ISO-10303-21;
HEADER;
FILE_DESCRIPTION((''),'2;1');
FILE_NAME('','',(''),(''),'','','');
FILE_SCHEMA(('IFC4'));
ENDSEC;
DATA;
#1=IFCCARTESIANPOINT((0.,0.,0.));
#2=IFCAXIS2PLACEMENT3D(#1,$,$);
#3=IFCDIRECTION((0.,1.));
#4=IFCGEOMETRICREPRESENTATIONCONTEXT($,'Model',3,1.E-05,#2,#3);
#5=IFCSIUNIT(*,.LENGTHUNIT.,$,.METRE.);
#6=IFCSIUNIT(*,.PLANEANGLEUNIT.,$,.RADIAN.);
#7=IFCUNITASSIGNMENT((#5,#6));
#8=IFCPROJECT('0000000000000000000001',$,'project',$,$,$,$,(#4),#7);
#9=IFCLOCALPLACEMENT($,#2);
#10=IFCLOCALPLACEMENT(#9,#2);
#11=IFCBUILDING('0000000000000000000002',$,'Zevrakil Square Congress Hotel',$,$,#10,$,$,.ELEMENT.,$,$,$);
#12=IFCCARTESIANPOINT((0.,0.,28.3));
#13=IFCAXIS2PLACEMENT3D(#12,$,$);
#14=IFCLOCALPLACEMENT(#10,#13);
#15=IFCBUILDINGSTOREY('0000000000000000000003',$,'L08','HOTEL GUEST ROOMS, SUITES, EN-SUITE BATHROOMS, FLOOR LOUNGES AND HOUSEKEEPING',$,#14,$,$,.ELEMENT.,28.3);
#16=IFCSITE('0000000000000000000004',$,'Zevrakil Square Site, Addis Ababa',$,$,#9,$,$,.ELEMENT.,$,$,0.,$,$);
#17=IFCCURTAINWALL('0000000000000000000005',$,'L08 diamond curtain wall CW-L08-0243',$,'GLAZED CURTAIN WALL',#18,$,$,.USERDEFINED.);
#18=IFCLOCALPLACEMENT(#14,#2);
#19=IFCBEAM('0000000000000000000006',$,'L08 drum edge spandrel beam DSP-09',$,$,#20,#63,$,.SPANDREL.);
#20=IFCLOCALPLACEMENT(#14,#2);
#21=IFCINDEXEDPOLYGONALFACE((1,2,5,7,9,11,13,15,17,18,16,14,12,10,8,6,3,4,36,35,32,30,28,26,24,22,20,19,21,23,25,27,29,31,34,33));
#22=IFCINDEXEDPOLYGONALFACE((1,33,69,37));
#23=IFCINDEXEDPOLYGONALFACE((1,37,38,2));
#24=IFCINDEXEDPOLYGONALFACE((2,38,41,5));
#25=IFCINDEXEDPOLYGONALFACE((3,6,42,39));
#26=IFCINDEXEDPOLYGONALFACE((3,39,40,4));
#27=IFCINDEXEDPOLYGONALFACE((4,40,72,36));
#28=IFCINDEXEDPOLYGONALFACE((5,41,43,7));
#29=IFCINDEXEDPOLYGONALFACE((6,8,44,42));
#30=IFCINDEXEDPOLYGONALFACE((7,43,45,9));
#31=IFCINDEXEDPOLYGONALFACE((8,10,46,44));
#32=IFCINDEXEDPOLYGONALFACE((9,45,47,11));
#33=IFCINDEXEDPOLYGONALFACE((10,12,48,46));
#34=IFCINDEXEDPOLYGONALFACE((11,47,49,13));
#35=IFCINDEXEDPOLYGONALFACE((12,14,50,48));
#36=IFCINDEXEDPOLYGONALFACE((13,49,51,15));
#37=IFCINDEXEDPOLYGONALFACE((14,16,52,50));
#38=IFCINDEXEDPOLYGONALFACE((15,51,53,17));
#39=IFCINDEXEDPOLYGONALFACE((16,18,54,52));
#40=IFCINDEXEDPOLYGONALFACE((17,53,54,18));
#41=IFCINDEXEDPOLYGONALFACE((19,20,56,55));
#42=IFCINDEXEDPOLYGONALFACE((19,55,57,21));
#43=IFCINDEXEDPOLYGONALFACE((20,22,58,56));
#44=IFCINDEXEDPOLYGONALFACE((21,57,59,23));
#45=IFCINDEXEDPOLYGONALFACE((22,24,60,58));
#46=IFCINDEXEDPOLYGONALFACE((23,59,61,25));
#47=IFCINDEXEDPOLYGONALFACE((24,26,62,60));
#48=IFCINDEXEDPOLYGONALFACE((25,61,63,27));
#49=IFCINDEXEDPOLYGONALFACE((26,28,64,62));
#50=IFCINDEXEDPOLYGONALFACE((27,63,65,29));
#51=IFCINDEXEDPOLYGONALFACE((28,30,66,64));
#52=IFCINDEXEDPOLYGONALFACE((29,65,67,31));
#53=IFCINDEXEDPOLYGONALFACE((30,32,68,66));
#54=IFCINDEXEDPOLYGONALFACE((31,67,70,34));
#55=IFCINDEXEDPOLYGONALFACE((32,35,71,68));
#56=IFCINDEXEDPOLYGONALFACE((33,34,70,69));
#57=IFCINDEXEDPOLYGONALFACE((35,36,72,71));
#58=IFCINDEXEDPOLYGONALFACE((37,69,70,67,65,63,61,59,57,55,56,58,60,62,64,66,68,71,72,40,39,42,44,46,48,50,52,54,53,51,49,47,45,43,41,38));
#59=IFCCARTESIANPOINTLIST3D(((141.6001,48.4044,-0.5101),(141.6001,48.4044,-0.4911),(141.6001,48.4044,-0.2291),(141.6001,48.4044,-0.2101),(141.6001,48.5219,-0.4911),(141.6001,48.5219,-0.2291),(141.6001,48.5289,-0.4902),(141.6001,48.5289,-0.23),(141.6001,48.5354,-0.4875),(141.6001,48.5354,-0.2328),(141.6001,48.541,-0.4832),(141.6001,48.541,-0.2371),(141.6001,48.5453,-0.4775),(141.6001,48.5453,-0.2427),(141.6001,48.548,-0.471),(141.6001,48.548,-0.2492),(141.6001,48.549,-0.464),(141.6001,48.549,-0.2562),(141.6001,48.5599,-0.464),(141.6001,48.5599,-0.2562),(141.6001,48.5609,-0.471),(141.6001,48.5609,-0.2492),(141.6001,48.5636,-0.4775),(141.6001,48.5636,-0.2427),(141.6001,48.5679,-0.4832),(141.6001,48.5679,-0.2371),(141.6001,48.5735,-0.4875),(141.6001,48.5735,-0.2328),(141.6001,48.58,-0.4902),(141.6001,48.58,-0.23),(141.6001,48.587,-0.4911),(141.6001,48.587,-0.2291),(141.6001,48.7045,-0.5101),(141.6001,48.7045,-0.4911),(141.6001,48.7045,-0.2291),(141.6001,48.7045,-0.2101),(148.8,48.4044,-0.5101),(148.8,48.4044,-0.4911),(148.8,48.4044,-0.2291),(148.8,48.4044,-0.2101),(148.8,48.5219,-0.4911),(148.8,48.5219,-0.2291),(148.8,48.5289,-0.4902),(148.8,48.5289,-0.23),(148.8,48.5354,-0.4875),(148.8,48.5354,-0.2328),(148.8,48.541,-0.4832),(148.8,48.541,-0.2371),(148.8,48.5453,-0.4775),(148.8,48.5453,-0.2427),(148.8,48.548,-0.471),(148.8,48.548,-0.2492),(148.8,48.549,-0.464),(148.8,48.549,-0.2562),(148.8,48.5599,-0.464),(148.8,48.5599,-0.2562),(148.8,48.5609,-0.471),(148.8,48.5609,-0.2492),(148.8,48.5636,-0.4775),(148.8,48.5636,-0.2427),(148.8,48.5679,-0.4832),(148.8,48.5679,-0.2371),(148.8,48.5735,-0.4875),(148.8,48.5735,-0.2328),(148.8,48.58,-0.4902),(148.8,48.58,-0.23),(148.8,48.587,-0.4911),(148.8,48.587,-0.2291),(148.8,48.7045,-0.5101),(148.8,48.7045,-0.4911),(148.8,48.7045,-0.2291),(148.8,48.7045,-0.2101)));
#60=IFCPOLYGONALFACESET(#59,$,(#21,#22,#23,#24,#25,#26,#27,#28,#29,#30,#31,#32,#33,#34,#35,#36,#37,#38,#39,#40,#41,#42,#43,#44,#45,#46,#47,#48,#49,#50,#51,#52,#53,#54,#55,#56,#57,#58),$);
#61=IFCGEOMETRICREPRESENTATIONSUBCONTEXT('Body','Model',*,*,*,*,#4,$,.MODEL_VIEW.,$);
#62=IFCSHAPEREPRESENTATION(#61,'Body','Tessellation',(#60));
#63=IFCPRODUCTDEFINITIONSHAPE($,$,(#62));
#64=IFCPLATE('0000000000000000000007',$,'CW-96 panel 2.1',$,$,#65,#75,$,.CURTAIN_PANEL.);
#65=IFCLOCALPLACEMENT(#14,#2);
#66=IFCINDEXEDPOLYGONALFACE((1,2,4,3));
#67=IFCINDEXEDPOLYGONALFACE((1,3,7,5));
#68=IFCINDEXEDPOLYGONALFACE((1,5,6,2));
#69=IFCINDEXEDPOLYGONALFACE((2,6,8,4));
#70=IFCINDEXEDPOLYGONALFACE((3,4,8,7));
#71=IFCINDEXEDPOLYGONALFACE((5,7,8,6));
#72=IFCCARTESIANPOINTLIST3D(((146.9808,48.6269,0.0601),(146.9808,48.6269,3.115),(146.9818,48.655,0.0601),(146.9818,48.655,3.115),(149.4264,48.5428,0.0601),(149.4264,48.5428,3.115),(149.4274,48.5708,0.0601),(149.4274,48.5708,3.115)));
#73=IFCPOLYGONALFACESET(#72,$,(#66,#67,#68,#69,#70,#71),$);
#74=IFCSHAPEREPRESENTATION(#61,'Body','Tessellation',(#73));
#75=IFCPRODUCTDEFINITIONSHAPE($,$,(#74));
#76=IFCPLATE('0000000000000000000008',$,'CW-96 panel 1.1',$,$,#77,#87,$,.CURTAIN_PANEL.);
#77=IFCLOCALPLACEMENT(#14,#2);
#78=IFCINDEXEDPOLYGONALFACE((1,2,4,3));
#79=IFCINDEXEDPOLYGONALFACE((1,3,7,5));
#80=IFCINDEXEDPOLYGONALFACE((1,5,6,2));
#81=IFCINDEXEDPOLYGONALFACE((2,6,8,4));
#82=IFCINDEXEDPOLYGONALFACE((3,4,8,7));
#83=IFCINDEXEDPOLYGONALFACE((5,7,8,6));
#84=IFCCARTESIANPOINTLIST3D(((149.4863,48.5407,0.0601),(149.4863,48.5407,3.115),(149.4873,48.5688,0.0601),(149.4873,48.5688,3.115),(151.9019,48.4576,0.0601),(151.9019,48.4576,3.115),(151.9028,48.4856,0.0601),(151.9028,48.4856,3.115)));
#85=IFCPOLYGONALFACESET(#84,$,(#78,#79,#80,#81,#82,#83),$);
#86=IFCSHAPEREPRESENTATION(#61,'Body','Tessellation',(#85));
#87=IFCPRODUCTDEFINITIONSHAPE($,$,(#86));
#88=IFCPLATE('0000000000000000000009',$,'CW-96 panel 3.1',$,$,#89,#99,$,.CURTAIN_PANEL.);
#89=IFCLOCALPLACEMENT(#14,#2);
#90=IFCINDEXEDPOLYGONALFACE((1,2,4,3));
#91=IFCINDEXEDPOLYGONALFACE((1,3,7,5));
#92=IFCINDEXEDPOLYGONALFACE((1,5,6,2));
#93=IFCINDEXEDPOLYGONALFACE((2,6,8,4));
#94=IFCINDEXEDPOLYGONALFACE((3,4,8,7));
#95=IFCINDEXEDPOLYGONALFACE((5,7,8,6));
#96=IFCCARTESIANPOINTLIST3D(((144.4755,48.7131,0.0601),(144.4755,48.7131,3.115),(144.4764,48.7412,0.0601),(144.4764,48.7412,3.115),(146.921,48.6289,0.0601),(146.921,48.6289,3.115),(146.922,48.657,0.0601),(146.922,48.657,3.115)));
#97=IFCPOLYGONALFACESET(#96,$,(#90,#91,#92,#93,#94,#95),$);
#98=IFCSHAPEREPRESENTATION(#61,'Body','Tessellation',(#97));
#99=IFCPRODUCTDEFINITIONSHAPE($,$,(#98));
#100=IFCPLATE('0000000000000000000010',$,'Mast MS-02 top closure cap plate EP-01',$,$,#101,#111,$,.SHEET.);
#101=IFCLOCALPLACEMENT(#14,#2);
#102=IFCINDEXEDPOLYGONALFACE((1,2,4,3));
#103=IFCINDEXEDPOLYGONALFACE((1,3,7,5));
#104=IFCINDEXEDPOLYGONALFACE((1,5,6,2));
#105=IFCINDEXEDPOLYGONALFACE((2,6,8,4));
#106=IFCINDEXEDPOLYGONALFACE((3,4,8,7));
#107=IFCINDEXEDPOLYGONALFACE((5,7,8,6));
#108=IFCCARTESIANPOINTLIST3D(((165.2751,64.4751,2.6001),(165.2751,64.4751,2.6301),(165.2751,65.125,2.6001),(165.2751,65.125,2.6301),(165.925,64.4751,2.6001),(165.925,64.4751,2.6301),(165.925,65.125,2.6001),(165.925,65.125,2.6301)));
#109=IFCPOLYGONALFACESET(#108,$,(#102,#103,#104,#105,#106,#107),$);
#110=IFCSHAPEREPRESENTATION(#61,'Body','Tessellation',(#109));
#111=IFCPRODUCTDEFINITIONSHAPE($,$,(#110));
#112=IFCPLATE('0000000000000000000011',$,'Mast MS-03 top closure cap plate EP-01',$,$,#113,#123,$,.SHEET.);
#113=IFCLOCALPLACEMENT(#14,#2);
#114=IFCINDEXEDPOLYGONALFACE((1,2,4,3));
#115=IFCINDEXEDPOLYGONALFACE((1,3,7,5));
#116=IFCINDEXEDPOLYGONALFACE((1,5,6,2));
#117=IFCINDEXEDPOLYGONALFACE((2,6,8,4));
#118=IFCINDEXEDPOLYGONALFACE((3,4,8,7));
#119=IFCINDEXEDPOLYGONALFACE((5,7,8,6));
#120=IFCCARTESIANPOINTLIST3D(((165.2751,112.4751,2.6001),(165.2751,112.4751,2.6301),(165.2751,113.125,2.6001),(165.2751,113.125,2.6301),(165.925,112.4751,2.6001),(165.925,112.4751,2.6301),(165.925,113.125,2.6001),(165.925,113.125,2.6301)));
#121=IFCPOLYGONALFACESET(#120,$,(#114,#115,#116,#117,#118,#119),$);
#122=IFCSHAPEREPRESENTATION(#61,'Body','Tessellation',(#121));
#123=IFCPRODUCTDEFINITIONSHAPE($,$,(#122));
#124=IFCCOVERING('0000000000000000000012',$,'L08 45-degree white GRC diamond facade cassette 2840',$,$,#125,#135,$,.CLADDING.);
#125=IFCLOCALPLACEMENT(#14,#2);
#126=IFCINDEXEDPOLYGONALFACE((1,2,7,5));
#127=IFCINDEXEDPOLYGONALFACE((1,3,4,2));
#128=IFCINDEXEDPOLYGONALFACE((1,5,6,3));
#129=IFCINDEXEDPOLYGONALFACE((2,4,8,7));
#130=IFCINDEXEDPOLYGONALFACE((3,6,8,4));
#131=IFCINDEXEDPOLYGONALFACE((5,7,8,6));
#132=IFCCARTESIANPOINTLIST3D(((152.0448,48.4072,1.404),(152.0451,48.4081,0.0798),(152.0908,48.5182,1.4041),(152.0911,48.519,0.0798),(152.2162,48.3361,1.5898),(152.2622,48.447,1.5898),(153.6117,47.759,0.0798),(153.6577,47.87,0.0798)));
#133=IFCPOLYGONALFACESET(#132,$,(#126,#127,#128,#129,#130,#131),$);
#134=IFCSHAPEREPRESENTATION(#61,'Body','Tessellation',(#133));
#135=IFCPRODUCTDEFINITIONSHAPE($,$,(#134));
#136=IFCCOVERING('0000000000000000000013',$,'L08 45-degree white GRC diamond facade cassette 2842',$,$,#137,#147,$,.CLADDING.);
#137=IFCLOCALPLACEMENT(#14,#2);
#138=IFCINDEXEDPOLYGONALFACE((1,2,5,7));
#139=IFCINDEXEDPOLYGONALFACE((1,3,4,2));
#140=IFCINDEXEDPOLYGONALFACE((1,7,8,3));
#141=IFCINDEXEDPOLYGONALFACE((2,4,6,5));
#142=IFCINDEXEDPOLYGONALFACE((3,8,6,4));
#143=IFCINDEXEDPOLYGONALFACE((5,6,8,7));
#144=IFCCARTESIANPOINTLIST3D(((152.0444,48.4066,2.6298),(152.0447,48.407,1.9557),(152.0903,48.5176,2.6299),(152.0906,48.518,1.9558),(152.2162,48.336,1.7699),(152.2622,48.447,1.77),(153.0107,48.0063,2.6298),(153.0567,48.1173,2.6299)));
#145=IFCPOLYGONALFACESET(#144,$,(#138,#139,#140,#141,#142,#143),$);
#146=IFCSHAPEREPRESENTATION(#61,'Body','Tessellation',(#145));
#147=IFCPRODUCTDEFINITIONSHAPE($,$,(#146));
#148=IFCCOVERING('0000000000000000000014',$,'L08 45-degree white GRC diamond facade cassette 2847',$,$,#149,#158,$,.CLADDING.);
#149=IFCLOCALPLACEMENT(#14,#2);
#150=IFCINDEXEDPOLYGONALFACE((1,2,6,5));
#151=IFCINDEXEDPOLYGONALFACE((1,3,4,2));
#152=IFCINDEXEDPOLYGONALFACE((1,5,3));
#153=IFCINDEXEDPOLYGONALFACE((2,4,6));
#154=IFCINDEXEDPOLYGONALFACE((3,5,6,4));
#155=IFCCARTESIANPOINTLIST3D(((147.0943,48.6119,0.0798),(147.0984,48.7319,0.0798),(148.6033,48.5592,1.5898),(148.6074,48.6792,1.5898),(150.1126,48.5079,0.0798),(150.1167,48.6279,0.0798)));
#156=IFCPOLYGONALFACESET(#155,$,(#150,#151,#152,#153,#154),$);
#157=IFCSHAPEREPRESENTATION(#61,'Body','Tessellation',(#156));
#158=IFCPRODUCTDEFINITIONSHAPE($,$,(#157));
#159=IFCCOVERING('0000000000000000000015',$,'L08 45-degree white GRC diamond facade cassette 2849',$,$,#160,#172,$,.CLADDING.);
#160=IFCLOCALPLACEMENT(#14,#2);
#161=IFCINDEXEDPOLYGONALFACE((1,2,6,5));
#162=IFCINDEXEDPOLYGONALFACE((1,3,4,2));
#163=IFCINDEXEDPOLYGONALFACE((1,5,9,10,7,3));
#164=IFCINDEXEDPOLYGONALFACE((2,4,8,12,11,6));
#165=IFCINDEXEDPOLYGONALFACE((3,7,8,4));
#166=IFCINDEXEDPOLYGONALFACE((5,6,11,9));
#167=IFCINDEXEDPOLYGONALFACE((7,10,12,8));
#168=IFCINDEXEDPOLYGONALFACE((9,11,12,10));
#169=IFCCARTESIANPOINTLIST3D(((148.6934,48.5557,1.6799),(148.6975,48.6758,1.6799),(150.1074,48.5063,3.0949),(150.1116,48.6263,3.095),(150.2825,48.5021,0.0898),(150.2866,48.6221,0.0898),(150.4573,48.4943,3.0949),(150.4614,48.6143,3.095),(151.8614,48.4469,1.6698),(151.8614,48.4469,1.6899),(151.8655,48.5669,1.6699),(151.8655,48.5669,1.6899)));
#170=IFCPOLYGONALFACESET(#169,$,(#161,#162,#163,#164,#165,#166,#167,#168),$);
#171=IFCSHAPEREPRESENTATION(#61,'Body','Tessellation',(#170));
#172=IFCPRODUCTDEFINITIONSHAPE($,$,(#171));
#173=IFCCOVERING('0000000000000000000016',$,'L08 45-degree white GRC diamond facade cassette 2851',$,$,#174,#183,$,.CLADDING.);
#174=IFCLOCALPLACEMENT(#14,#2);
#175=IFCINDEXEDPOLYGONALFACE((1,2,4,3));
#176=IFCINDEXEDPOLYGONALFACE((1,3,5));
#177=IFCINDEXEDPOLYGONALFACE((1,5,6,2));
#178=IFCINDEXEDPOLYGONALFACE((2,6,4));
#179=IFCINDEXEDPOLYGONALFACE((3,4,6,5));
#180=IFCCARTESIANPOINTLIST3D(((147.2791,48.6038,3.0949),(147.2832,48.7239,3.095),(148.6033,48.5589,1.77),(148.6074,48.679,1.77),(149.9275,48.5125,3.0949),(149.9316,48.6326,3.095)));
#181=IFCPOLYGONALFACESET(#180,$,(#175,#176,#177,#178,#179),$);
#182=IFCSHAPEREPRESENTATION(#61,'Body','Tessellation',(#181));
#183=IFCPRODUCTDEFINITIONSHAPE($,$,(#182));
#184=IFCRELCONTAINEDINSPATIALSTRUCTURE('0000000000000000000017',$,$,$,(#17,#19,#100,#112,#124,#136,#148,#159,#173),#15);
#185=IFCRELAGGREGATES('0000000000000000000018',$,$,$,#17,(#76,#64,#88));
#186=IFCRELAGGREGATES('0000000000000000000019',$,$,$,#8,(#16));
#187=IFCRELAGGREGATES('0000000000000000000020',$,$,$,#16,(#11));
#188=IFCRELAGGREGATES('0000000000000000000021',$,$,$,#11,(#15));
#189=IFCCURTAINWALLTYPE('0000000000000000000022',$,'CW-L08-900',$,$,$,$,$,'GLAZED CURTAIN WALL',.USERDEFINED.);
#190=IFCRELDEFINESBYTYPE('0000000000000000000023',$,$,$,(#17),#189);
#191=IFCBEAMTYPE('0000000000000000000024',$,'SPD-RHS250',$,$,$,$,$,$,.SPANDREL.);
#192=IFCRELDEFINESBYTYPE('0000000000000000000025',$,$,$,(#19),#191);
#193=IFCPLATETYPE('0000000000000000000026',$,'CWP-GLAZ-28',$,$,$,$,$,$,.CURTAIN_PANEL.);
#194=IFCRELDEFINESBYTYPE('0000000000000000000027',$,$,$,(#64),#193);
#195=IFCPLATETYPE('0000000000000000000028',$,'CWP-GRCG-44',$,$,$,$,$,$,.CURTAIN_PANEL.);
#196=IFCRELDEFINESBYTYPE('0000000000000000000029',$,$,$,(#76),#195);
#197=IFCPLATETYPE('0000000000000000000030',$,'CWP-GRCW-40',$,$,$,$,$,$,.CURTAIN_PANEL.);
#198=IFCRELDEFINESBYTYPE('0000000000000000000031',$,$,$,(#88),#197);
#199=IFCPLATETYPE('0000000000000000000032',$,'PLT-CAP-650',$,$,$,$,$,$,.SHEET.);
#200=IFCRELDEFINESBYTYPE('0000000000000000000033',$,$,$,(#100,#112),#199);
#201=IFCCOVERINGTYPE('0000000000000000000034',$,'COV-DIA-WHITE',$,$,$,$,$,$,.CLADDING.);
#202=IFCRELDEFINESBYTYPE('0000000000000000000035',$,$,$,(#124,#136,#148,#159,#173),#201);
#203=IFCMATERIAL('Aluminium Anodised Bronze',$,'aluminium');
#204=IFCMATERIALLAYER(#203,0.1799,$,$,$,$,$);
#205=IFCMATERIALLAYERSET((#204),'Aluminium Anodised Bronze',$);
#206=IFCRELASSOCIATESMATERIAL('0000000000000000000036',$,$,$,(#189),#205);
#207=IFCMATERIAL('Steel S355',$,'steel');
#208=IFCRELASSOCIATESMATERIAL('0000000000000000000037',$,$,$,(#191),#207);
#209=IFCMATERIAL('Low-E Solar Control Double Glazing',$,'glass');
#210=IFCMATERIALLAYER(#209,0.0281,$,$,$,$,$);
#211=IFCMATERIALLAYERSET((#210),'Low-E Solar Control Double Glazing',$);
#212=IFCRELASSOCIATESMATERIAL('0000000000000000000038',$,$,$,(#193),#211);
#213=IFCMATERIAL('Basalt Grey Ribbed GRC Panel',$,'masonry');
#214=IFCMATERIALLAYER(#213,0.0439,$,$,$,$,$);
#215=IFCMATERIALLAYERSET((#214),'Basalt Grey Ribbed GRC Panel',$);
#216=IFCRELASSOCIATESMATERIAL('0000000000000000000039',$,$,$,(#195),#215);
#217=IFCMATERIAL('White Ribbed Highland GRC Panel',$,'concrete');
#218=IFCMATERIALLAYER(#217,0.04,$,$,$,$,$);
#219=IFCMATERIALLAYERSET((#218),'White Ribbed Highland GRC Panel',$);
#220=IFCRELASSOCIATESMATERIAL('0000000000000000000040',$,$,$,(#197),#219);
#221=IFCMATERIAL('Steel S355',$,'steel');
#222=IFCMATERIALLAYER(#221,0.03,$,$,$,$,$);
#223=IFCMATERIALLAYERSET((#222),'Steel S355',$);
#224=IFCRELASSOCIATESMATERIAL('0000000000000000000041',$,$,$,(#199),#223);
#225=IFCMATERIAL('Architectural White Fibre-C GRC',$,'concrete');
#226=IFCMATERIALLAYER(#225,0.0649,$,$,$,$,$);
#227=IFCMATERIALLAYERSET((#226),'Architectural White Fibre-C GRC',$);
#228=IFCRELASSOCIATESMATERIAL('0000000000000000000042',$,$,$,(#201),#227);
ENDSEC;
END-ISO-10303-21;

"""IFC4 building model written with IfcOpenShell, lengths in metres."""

from ifc_helpers import new_model, si_unit, direction, frame, origin, origin_2d, place, context, subcontext, project, spatial, polyline, rectangle, i_section, outline, extrude, material, layer, layer_set, material_profile, profile_set, type_object, element, aggregate, save


model = new_model("IFC4")

# Units and contexts
model_context = context("Model", 3, precision=1e-05, world=origin(), true_north=direction((0.0, 1.0)))
body_context = subcontext(model_context, "Body", "Model", "MODEL_VIEW")
ifc_project = project(units=[si_unit("LENGTHUNIT", "METRE"), si_unit("PLANEANGLEUNIT", "RADIAN")], contexts=[model_context])

# Site, building, storey
site_placement = place(None, origin())
site = spatial("IfcSite", under=ifc_project, at=site_placement, Name="Zevrakil Square Site, Addis Ababa", CompositionType="ELEMENT", RefElevation=0.0)
building_placement = place(site_placement, origin())
building = spatial("IfcBuilding", under=site, at=building_placement, Name="Zevrakil Square Congress Hotel", CompositionType="ELEMENT")
storey_placement = place(building_placement, frame((0.0, 0.0, 28.3)))
storey = spatial("IfcBuildingStorey", under=building, at=storey_placement, Name="L08", Description="HOTEL GUEST ROOMS, SUITES, EN-SUITE BATHROOMS, FLOOR LOUNGES AND HOUSEKEEPING", CompositionType="ELEMENT", Elevation=28.3)

# Curtain wall
ifc_material_1 = material(Name="Aluminium Anodised Bronze", Category="aluminium")
ifc_layer_1 = layer(ifc_material_1, 0.1799)
ifc_layer_set_1 = layer_set([ifc_layer_1], Name="Aluminium Anodised Bronze")
curtain_wall_type_1 = type_object("IfcCurtainWallType", Name="CW-L08-900", ElementType="GLAZED CURTAIN WALL", PredefinedType="USERDEFINED", material=ifc_layer_set_1)
curtain_wall_1_placement = place(storey_placement, origin())
curtain_wall_1 = element("IfcCurtainWall", 1, at=curtain_wall_1_placement, inside=storey, type_object=curtain_wall_type_1, Name="L08 diamond curtain wall CW-L08-0243", ObjectType="GLAZED CURTAIN WALL", PredefinedType="USERDEFINED")

# Beam
ifc_material_2 = material(Name="Steel S355", Category="steel")
ifc_material_profile_1 = material_profile(ifc_material_2, i_section(OverallWidth=0.3, OverallDepth=0.3, WebThickness=0.011, FlangeThickness=0.019, FilletRadius=0.0271, at=origin_2d()), Name="HEB 300")
ifc_profile_set_1 = profile_set([ifc_material_profile_1], Name="Steel S355")
beam_type = type_object("IfcBeamType", Name="SPD-RHS250", PredefinedType="SPANDREL", material=ifc_profile_set_1)
for number, where, z_axis, x_axis, name in (
    (2, (148.8, 48.5544, -0.3601), (-1.0, 0.0, 0.0), (0.0, -1.0, 0.0), "L08 drum edge spandrel beam DSP-09"),
):
    element("IfcBeam", number, at=place(storey_placement, frame(where, z_axis=z_axis, x_axis=x_axis)), inside=storey, type_object=beam_type, Name=name, PredefinedType="SPANDREL", context=body_context, shape_type="SweptSolid", body=[
        extrude(i_section(OverallWidth=0.3, OverallDepth=0.3, WebThickness=0.011, FlangeThickness=0.019, FilletRadius=0.0271, at=origin_2d()), origin(), (0.0, 0.0, 1.0), 7.2),
    ])

# Plates
ifc_material_3 = material(Name="Low-E Solar Control Double Glazing", Category="glass")
ifc_layer_2 = layer(ifc_material_3, 0.0281)
ifc_layer_set_2 = layer_set([ifc_layer_2], Name="Low-E Solar Control Double Glazing")
plate_type_1 = type_object("IfcPlateType", Name="CWP-GLAZ-28", PredefinedType="CURTAIN_PANEL", material=ifc_layer_set_2)
plate_1_placement = place(storey_placement, frame((148.2041, 48.5989, 0.0601), z_axis=(0.0, 0.0, 1.0), x_axis=(-0.999408, 0.034405, 0.0)))
plate_1 = element("IfcPlate", 3, at=plate_1_placement, type_object=plate_type_1, Name="CW-96 panel 2.1", PredefinedType="CURTAIN_PANEL", context=body_context, shape_type="SweptSolid", body=[
    extrude(rectangle(XDim=2.447, YDim=0.0281, at=origin_2d()), origin(), (0.0, 0.0, 1.0), 3.0549),
])
ifc_material_4 = material(Name="Basalt Grey Ribbed GRC Panel", Category="masonry")
ifc_layer_3 = layer(ifc_material_4, 0.0439)
ifc_layer_set_3 = layer_set([ifc_layer_3], Name="Basalt Grey Ribbed GRC Panel")
plate_type_2 = type_object("IfcPlateType", Name="CWP-GRCG-44", PredefinedType="CURTAIN_PANEL", material=ifc_layer_set_3)
plate_2_placement = place(storey_placement, frame((150.6946, 48.5132, 0.0601), z_axis=(0.0, 0.0, 1.0), x_axis=(-0.999408, 0.034405, 0.0)))
plate_2 = element("IfcPlate", 4, at=plate_2_placement, type_object=plate_type_2, Name="CW-96 panel 1.1", PredefinedType="CURTAIN_PANEL", context=body_context, shape_type="SweptSolid", body=[
    extrude(rectangle(XDim=2.417, YDim=0.0281, at=origin_2d()), origin(), (0.0, 0.0, 1.0), 3.0549),
])
ifc_material_5 = material(Name="White Ribbed Highland GRC Panel", Category="concrete")
ifc_layer_4 = layer(ifc_material_5, 0.04)
ifc_layer_set_4 = layer_set([ifc_layer_4], Name="White Ribbed Highland GRC Panel")
plate_type_3 = type_object("IfcPlateType", Name="CWP-GRCW-40", PredefinedType="CURTAIN_PANEL", material=ifc_layer_set_4)
plate_3_placement = place(storey_placement, frame((145.6987, 48.6851, 0.0601), z_axis=(0.0, 0.0, 1.0), x_axis=(-0.999408, 0.034405, 0.0)))
plate_3 = element("IfcPlate", 5, at=plate_3_placement, type_object=plate_type_3, Name="CW-96 panel 3.1", PredefinedType="CURTAIN_PANEL", context=body_context, shape_type="SweptSolid", body=[
    extrude(rectangle(XDim=2.447, YDim=0.0281, at=origin_2d()), origin(), (0.0, 0.0, 1.0), 3.0549),
])
aggregate(curtain_wall_1, [plate_2, plate_1, plate_3])

# Plates
ifc_material_6 = material(Name="Steel S355", Category="steel")
ifc_layer_5 = layer(ifc_material_6, 0.03)
ifc_layer_set_5 = layer_set([ifc_layer_5], Name="Steel S355")
plate_type_4 = type_object("IfcPlateType", Name="PLT-CAP-650", PredefinedType="SHEET", material=ifc_layer_set_5)
for number, where, z_axis, x_axis, name in (
    (6, (165.6001, 64.8, 2.6001), (0.0, 0.0, 1.0), (1.0, 0.0, 0.0), "Mast MS-02 top closure cap plate EP-01"),
    (7, (165.6001, 112.8, 2.6001), (0.0, 0.0, 1.0), (1.0, 0.0, 0.0), "Mast MS-03 top closure cap plate EP-01"),
):
    element("IfcPlate", number, at=place(storey_placement, frame(where, z_axis=z_axis, x_axis=x_axis)), inside=storey, type_object=plate_type_4, Name=name, PredefinedType="SHEET", context=body_context, shape_type="SweptSolid", body=[
        extrude(rectangle(XDim=0.6499, YDim=0.6499, at=origin_2d()), origin(), (0.0, 0.0, 1.0), 0.03),
    ])

# Coverings
ifc_material_7 = material(Name="Architectural White Fibre-C GRC", Category="concrete")
ifc_layer_6 = layer(ifc_material_7, 0.0649)
ifc_layer_set_6 = layer_set([ifc_layer_6], Name="Architectural White Fibre-C GRC")
covering_type_1 = type_object("IfcCoveringType", Name="COV-DIA-WHITE", PredefinedType="CLADDING", material=ifc_layer_set_6)
covering_1_placement = place(storey_placement, frame((152.2622, 48.447, 1.5898), z_axis=(0.382755, 0.923849, 0.000683), x_axis=(-0.652778, 0.270972, -0.707429)))
element("IfcCovering", 8, at=covering_1_placement, inside=storey, type_object=covering_type_1, Name="L08 45-degree white GRC diamond facade cassette 2840", PredefinedType="CLADDING", context=body_context, shape_type="SweptSolid", body=[
    extrude(outline(polyline([(0.0, 0.0), (0.2626, 0.0), (1.1995, -0.9359), (0.0009, -2.1355), (0.0, 0.0)])), origin(), (0.0, 0.0, -1.0), 0.1201),
])
covering_2_placement = place(storey_placement, frame((152.2622, 48.447, 1.77), z_axis=(0.382668, 0.923886, 0.00068), x_axis=(0.653223, -0.271082, 0.706975)))
element("IfcCovering", 9, at=covering_2_placement, inside=storey, type_object=covering_type_1, Name="L08 45-degree white GRC diamond facade cassette 2842", PredefinedType="CLADDING", context=body_context, shape_type="SweptSolid", body=[
    extrude(outline(polyline([(0.0, 0.0), (1.2163, 0.0), (0.4765, -0.7395), (0.0, -0.2627), (0.0, 0.0)])), origin(), (0.0, 0.0, -1.0), 0.1201),
])
covering_3_placement = place(storey_placement, frame((148.6074, 48.6792, 1.5898), z_axis=(0.034437, 0.999407, 0.000488), x_axis=(-0.706662, 0.024695, -0.70712)))
element("IfcCovering", 10, at=covering_3_placement, inside=storey, type_object=covering_type_1, Name="L08 45-degree white GRC diamond facade cassette 2847", PredefinedType="CLADDING", context=body_context, shape_type="SweptSolid", body=[
    extrude(outline(polyline([(0.0, 0.0), (2.1354, 0.0), (-0.0001, -2.1356), (0.0, 0.0)])), origin(), (0.0, 0.0, -1.0), 0.1201),
])
covering_4_placement = place(storey_placement, frame((148.6975, 48.6758, 1.6799), z_axis=(0.034343, 0.99941, 0.000602), x_axis=(0.706687, -0.023858, -0.707124)))
element("IfcCovering", 11, at=covering_4_placement, inside=storey, type_object=covering_type_1, Name="L08 45-degree white GRC diamond facade cassette 2849", PredefinedType="CLADDING", context=body_context, shape_type="SweptSolid", body=[
    extrude(outline(polyline([(0.0, 0.0), (2.2487, 0.0), (2.2484, -2.2344), (2.2343, -2.2485), (0.2474, -2.2486), (-0.0001, -2.0011), (0.0, 0.0)])), origin(), (0.0, 0.0, -1.0), 0.1201),
])
covering_5_placement = place(storey_placement, frame((148.6074, 48.679, 1.77), z_axis=(0.034456, 0.999406, 0.000552), x_axis=(0.706695, -0.024755, 0.707085)))
element("IfcCovering", 12, at=covering_5_placement, inside=storey, type_object=covering_type_1, Name="L08 45-degree white GRC diamond facade cassette 2851", PredefinedType="CLADDING", context=body_context, shape_type="SweptSolid", body=[
    extrude(outline(polyline([(0.0, 0.0), (1.8738, 0.0), (-0.0001, -1.8738), (0.0, 0.0)])), origin(), (0.0, 0.0, -1.0), 0.1201),
])

save(model, "model.ifc")
